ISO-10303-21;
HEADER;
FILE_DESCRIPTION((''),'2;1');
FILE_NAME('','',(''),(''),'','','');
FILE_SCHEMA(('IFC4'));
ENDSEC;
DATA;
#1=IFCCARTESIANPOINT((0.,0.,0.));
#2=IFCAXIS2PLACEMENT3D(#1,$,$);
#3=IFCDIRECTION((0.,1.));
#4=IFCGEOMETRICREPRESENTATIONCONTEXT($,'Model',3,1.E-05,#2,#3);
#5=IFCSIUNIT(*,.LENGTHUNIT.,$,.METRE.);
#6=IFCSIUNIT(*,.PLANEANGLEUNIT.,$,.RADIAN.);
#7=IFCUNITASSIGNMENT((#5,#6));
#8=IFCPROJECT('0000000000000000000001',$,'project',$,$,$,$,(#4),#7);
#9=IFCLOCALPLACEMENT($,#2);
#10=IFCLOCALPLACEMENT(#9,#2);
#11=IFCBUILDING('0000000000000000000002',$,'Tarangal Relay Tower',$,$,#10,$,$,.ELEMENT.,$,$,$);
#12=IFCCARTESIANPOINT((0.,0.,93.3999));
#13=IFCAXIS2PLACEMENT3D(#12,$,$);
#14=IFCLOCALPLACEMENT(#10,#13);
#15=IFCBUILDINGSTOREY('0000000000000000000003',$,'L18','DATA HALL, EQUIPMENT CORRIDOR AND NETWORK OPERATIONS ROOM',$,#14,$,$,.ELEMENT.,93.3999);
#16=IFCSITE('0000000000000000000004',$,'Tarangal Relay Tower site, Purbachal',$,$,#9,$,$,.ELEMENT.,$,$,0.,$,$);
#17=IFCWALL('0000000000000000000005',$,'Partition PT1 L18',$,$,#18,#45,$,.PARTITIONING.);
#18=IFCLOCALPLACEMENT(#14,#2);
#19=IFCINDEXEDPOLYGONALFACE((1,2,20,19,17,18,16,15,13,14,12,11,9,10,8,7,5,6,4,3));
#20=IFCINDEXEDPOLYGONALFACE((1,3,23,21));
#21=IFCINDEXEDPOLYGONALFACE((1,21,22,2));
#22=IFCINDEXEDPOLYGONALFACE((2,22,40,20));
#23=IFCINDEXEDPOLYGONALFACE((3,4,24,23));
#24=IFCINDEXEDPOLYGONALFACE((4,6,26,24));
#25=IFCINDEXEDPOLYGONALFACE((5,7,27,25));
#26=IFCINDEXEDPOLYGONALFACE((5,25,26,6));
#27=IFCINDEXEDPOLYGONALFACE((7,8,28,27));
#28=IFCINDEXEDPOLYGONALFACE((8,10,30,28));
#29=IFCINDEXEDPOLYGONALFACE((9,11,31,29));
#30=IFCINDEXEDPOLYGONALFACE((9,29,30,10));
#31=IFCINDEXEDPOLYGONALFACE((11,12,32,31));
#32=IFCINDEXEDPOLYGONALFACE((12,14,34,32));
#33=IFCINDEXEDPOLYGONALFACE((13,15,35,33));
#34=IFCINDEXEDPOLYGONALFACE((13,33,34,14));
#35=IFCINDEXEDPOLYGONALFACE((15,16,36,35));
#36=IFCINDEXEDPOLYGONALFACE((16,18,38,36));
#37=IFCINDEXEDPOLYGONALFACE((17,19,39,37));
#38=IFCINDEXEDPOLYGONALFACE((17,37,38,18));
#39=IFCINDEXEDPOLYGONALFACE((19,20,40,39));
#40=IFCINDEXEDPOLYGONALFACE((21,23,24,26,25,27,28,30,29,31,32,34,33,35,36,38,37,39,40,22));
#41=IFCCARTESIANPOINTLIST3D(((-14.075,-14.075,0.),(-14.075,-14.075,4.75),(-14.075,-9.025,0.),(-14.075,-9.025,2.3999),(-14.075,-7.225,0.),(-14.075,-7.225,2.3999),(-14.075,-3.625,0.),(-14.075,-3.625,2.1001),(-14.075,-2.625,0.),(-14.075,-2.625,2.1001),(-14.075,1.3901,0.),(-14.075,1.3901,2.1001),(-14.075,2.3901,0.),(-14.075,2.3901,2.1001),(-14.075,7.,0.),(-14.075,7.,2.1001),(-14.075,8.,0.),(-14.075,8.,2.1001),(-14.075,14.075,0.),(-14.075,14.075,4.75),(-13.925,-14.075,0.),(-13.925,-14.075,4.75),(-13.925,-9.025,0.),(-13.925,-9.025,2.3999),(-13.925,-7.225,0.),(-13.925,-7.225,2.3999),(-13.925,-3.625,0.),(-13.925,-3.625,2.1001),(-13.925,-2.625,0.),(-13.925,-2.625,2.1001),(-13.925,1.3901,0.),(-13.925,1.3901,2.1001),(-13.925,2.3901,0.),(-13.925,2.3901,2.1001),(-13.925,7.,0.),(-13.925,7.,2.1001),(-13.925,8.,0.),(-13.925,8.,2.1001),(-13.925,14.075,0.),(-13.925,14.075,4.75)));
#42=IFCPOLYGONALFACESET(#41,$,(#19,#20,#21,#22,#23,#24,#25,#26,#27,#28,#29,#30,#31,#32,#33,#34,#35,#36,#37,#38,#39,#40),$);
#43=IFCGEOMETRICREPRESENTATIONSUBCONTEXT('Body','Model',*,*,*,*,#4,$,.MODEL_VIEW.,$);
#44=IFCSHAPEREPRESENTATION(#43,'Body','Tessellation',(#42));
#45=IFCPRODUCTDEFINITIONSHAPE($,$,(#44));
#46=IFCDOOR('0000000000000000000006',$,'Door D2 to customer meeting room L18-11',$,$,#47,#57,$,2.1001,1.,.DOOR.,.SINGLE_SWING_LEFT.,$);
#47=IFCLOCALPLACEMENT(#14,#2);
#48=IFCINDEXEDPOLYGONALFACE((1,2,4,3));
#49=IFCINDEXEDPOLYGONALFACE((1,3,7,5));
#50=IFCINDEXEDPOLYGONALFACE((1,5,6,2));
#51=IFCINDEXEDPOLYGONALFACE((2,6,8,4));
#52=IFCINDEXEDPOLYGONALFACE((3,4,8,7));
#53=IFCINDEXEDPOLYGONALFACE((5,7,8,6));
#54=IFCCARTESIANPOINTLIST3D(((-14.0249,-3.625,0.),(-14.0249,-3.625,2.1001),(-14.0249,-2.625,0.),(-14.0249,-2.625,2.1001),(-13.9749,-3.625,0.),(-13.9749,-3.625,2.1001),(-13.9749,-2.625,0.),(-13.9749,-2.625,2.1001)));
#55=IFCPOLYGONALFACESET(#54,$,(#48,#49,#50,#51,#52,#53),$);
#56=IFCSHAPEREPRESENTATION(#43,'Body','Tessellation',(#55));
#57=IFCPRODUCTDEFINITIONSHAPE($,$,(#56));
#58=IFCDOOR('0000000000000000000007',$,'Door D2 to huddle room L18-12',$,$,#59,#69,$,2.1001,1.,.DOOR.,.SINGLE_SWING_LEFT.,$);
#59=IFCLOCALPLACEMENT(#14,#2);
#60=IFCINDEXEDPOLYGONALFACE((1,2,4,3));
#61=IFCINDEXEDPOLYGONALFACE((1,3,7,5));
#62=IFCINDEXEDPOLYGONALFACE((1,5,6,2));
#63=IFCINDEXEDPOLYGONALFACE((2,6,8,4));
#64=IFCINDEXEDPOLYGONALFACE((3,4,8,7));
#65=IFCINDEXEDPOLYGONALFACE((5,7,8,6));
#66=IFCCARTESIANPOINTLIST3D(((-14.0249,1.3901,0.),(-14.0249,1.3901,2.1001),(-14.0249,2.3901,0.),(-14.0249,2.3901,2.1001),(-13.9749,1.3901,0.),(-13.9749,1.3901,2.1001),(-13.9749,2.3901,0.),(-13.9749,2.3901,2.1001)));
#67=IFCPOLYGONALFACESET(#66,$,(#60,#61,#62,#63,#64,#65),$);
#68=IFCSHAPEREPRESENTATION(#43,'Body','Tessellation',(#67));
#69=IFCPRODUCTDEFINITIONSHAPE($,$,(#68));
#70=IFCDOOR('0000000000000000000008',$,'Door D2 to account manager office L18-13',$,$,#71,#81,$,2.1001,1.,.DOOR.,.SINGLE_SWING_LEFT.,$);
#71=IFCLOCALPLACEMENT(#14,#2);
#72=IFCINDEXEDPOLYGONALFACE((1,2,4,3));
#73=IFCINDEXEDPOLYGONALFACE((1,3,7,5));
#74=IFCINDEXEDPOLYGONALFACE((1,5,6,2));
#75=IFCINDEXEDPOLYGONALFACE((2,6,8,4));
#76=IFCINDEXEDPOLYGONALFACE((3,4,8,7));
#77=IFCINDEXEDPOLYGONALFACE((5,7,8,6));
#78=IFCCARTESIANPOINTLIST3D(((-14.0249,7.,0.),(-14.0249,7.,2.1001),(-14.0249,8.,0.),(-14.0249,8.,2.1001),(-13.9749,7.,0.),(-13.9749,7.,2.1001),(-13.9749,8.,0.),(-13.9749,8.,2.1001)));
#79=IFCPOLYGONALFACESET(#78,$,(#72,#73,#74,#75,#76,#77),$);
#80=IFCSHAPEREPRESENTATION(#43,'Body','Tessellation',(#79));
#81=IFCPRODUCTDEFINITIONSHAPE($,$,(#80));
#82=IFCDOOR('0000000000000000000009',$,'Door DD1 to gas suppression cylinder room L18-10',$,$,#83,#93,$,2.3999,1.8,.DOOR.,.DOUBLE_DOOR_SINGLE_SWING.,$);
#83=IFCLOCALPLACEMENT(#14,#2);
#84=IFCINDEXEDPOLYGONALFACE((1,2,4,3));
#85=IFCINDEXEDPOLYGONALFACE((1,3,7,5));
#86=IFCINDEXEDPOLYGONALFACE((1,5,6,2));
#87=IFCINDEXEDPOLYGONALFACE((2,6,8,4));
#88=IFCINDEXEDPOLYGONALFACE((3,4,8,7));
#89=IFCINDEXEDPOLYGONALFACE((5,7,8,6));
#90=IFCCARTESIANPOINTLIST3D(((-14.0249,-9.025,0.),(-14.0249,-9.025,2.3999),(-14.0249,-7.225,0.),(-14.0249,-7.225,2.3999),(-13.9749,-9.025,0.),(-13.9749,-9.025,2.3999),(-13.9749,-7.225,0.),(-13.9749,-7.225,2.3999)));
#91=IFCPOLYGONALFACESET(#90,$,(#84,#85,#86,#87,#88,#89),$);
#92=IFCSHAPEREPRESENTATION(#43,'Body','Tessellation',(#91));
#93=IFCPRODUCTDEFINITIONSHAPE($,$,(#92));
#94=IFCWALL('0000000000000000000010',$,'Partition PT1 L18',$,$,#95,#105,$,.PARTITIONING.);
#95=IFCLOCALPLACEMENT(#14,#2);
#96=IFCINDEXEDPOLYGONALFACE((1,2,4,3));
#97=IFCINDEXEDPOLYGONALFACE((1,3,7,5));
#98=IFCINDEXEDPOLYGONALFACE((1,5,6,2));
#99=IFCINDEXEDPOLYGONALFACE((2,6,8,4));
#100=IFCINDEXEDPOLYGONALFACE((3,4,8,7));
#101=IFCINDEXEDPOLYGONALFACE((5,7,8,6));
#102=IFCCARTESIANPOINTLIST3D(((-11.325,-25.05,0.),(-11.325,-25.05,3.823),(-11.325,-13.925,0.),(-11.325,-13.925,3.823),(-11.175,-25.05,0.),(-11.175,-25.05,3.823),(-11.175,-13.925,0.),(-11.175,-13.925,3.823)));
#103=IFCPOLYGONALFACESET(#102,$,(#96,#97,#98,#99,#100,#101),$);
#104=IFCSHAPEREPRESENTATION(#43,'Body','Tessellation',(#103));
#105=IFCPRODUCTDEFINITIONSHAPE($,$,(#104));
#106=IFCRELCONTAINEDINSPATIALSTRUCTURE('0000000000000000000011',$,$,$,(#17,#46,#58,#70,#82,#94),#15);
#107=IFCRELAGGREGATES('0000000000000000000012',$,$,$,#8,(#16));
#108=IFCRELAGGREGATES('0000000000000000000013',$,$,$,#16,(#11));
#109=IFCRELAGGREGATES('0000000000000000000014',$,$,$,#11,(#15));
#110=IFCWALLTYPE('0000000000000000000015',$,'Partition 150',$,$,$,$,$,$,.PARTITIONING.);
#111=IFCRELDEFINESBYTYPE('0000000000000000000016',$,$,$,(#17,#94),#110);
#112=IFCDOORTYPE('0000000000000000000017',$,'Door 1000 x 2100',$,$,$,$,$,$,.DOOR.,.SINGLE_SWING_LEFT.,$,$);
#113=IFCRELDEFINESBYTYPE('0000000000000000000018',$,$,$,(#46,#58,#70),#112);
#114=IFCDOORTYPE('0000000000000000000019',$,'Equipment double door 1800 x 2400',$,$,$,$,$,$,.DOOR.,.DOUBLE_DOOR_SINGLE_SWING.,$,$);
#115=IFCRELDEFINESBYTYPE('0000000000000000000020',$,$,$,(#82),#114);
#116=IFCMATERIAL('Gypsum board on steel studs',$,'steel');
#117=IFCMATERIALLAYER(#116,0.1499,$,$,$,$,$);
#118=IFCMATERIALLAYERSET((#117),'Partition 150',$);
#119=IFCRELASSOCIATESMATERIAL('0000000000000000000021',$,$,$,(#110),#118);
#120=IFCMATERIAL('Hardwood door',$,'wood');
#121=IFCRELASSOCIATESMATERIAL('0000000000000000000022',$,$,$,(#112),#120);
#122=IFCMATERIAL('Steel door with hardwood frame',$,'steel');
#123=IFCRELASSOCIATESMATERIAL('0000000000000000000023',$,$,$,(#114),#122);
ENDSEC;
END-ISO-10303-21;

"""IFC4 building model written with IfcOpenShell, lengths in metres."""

from ifc_helpers import new_model, si_unit, direction, frame, frame_2d, origin, place, context, subcontext, project, spatial, rectangle, extrude, material, layer, layer_set, type_object, element, fill, save


model = new_model("IFC4")

# Units and contexts
model_context = context("Model", 3, precision=1e-05, world=origin(), true_north=direction((0.0, 1.0)))
body_context = subcontext(model_context, "Body", "Model", "MODEL_VIEW")
ifc_project = project(units=[si_unit("LENGTHUNIT", "METRE"), si_unit("PLANEANGLEUNIT", "RADIAN")], contexts=[model_context])

# Site, building, storey
site_placement = place(None, origin())
site = spatial("IfcSite", under=ifc_project, at=site_placement, Name="Tarangal Relay Tower site, Purbachal", CompositionType="ELEMENT", RefElevation=0.0)
building_placement = place(site_placement, origin())
building = spatial("IfcBuilding", under=site, at=building_placement, Name="Tarangal Relay Tower", CompositionType="ELEMENT")
storey_placement = place(building_placement, frame((0.0, 0.0, 93.3999)))
storey = spatial("IfcBuildingStorey", under=building, at=storey_placement, Name="L18", Description="DATA HALL, EQUIPMENT CORRIDOR AND NETWORK OPERATIONS ROOM", CompositionType="ELEMENT", Elevation=93.3999)

# Wall, openings, doors
ifc_material_1 = material(Name="Gypsum board on steel studs", Category="steel")
ifc_layer_1 = layer(ifc_material_1, 0.1499)
ifc_layer_set_1 = layer_set([ifc_layer_1], Name="Partition 150")
wall_type_1 = type_object("IfcWallType", Name="Partition 150", PredefinedType="PARTITIONING", material=ifc_layer_set_1)
ifc_material_2 = material(Name="Hardwood door", Category="wood")
door_type_1 = type_object("IfcDoorType", Name="Door 1000 x 2100", OperationType="SINGLE_SWING_LEFT", PredefinedType="DOOR", material=ifc_material_2)
ifc_material_3 = material(Name="Steel door with hardwood frame", Category="steel")
door_type_2 = type_object("IfcDoorType", Name="Equipment double door 1800 x 2400", OperationType="DOUBLE_DOOR_SINGLE_SWING", PredefinedType="DOOR", material=ifc_material_3)
wall_1_placement = place(storey_placement, frame((-14.0, -14.075, 0.0), z_axis=(0.0, 0.0, 1.0), x_axis=(0.0, 1.0, 0.0)))
wall_1 = element("IfcWall", 1, at=wall_1_placement, inside=storey, type_object=wall_type_1, Name="Partition PT1 L18", PredefinedType="PARTITIONING", context=body_context, shape_type="SweptSolid", body=[
    extrude(rectangle(XDim=28.1499, YDim=0.1499, at=frame_2d((14.075, 0.0))), origin(), (0.0, 0.0, 1.0), 4.75),
])
opening_1_placement = place(wall_1_placement, frame((5.05, 0.0, 0.0)))
opening_1 = element("IfcOpeningElement", 2, at=opening_1_placement, cuts=wall_1, PredefinedType="OPENING", context=body_context, shape_type="SweptSolid", body=[
    extrude(rectangle(XDim=1.8, YDim=2.3999, at=frame_2d((0.8999, 1.2))), frame((0.0, 0.085, 0.0), z_axis=(0.0, -1.0, 0.0), x_axis=(1.0, 0.0, 0.0)), (0.0, 0.0, 1.0), 0.1699),
])
opening_2_placement = place(wall_1_placement, frame((10.45, 0.0, 0.0)))
opening_2 = element("IfcOpeningElement", 3, at=opening_2_placement, cuts=wall_1, PredefinedType="OPENING", context=body_context, shape_type="SweptSolid", body=[
    extrude(rectangle(XDim=1.0, YDim=2.1001, at=frame_2d((0.5, 1.05))), frame((0.0, 0.085, 0.0), z_axis=(0.0, -1.0, 0.0), x_axis=(1.0, 0.0, 0.0)), (0.0, 0.0, 1.0), 0.1699),
])
opening_3_placement = place(wall_1_placement, frame((15.4651, 0.0, 0.0)))
opening_3 = element("IfcOpeningElement", 4, at=opening_3_placement, cuts=wall_1, PredefinedType="OPENING", context=body_context, shape_type="SweptSolid", body=[
    extrude(rectangle(XDim=1.0, YDim=2.1001, at=frame_2d((0.5, 1.05))), frame((0.0, 0.085, 0.0), z_axis=(0.0, -1.0, 0.0), x_axis=(1.0, 0.0, 0.0)), (0.0, 0.0, 1.0), 0.1699),
])
opening_4_placement = place(wall_1_placement, frame((21.075, 0.0, 0.0)))
opening_4 = element("IfcOpeningElement", 5, at=opening_4_placement, cuts=wall_1, PredefinedType="OPENING", context=body_context, shape_type="SweptSolid", body=[
    extrude(rectangle(XDim=1.0, YDim=2.1001, at=frame_2d((0.5, 1.05))), frame((0.0, 0.085, 0.0), z_axis=(0.0, -1.0, 0.0), x_axis=(1.0, 0.0, 0.0)), (0.0, 0.0, 1.0), 0.1699),
])
door_1_placement = place(opening_2_placement, origin())
door_1 = element("IfcDoor", 6, at=door_1_placement, inside=storey, type_object=door_type_1, Name="Door D2 to customer meeting room L18-11", OperationType="SINGLE_SWING_LEFT", OverallHeight=2.1001, OverallWidth=1.0, PredefinedType="DOOR", context=body_context, shape_type="SweptSolid", body=[
    extrude(rectangle(XDim=1.0, YDim=2.1001, at=frame_2d((0.5, 1.05))), frame((0.0, 0.0249, 0.0), z_axis=(0.0, -1.0, 0.0), x_axis=(1.0, 0.0, 0.0)), (0.0, 0.0, 1.0), 0.05),
])
fill(opening_2, door_1)
door_2_placement = place(opening_3_placement, origin())
door_2 = element("IfcDoor", 7, at=door_2_placement, inside=storey, type_object=door_type_1, Name="Door D2 to huddle room L18-12", OperationType="SINGLE_SWING_LEFT", OverallHeight=2.1001, OverallWidth=1.0, PredefinedType="DOOR", context=body_context, shape_type="SweptSolid", body=[
    extrude(rectangle(XDim=1.0, YDim=2.1001, at=frame_2d((0.5, 1.05))), frame((0.0, 0.0249, 0.0), z_axis=(0.0, -1.0, 0.0), x_axis=(1.0, 0.0, 0.0)), (0.0, 0.0, 1.0), 0.05),
])
fill(opening_3, door_2)
door_3_placement = place(opening_4_placement, origin())
door_3 = element("IfcDoor", 8, at=door_3_placement, inside=storey, type_object=door_type_1, Name="Door D2 to account manager office L18-13", OperationType="SINGLE_SWING_LEFT", OverallHeight=2.1001, OverallWidth=1.0, PredefinedType="DOOR", context=body_context, shape_type="SweptSolid", body=[
    extrude(rectangle(XDim=1.0, YDim=2.1001, at=frame_2d((0.5, 1.05))), frame((0.0, 0.0249, 0.0), z_axis=(0.0, -1.0, 0.0), x_axis=(1.0, 0.0, 0.0)), (0.0, 0.0, 1.0), 0.05),
])
fill(opening_4, door_3)
door_4_placement = place(opening_1_placement, origin())
door_4 = element("IfcDoor", 9, at=door_4_placement, inside=storey, type_object=door_type_2, Name="Door DD1 to gas suppression cylinder room L18-10", OperationType="DOUBLE_DOOR_SINGLE_SWING", OverallHeight=2.3999, OverallWidth=1.8, PredefinedType="DOOR", context=body_context, shape_type="SweptSolid", body=[
    extrude(rectangle(XDim=1.8, YDim=2.3999, at=frame_2d((0.8999, 1.2))), frame((0.0, 0.0249, 0.0), z_axis=(0.0, -1.0, 0.0), x_axis=(1.0, 0.0, 0.0)), (0.0, 0.0, 1.0), 0.05),
])
fill(opening_1, door_4)

# Wall
wall_2_placement = place(storey_placement, frame((-11.25, -25.05, 0.0), z_axis=(0.0, 0.0, 1.0), x_axis=(0.0, 1.0, 0.0)))
element("IfcWall", 10, at=wall_2_placement, inside=storey, type_object=wall_type_1, Name="Partition PT1 L18", PredefinedType="PARTITIONING", context=body_context, shape_type="SweptSolid", body=[
    extrude(rectangle(XDim=11.125, YDim=0.1499, at=frame_2d((5.5625, 0.0))), origin(), (0.0, 0.0, 1.0), 3.823),
])

save(model, "model.ifc")
